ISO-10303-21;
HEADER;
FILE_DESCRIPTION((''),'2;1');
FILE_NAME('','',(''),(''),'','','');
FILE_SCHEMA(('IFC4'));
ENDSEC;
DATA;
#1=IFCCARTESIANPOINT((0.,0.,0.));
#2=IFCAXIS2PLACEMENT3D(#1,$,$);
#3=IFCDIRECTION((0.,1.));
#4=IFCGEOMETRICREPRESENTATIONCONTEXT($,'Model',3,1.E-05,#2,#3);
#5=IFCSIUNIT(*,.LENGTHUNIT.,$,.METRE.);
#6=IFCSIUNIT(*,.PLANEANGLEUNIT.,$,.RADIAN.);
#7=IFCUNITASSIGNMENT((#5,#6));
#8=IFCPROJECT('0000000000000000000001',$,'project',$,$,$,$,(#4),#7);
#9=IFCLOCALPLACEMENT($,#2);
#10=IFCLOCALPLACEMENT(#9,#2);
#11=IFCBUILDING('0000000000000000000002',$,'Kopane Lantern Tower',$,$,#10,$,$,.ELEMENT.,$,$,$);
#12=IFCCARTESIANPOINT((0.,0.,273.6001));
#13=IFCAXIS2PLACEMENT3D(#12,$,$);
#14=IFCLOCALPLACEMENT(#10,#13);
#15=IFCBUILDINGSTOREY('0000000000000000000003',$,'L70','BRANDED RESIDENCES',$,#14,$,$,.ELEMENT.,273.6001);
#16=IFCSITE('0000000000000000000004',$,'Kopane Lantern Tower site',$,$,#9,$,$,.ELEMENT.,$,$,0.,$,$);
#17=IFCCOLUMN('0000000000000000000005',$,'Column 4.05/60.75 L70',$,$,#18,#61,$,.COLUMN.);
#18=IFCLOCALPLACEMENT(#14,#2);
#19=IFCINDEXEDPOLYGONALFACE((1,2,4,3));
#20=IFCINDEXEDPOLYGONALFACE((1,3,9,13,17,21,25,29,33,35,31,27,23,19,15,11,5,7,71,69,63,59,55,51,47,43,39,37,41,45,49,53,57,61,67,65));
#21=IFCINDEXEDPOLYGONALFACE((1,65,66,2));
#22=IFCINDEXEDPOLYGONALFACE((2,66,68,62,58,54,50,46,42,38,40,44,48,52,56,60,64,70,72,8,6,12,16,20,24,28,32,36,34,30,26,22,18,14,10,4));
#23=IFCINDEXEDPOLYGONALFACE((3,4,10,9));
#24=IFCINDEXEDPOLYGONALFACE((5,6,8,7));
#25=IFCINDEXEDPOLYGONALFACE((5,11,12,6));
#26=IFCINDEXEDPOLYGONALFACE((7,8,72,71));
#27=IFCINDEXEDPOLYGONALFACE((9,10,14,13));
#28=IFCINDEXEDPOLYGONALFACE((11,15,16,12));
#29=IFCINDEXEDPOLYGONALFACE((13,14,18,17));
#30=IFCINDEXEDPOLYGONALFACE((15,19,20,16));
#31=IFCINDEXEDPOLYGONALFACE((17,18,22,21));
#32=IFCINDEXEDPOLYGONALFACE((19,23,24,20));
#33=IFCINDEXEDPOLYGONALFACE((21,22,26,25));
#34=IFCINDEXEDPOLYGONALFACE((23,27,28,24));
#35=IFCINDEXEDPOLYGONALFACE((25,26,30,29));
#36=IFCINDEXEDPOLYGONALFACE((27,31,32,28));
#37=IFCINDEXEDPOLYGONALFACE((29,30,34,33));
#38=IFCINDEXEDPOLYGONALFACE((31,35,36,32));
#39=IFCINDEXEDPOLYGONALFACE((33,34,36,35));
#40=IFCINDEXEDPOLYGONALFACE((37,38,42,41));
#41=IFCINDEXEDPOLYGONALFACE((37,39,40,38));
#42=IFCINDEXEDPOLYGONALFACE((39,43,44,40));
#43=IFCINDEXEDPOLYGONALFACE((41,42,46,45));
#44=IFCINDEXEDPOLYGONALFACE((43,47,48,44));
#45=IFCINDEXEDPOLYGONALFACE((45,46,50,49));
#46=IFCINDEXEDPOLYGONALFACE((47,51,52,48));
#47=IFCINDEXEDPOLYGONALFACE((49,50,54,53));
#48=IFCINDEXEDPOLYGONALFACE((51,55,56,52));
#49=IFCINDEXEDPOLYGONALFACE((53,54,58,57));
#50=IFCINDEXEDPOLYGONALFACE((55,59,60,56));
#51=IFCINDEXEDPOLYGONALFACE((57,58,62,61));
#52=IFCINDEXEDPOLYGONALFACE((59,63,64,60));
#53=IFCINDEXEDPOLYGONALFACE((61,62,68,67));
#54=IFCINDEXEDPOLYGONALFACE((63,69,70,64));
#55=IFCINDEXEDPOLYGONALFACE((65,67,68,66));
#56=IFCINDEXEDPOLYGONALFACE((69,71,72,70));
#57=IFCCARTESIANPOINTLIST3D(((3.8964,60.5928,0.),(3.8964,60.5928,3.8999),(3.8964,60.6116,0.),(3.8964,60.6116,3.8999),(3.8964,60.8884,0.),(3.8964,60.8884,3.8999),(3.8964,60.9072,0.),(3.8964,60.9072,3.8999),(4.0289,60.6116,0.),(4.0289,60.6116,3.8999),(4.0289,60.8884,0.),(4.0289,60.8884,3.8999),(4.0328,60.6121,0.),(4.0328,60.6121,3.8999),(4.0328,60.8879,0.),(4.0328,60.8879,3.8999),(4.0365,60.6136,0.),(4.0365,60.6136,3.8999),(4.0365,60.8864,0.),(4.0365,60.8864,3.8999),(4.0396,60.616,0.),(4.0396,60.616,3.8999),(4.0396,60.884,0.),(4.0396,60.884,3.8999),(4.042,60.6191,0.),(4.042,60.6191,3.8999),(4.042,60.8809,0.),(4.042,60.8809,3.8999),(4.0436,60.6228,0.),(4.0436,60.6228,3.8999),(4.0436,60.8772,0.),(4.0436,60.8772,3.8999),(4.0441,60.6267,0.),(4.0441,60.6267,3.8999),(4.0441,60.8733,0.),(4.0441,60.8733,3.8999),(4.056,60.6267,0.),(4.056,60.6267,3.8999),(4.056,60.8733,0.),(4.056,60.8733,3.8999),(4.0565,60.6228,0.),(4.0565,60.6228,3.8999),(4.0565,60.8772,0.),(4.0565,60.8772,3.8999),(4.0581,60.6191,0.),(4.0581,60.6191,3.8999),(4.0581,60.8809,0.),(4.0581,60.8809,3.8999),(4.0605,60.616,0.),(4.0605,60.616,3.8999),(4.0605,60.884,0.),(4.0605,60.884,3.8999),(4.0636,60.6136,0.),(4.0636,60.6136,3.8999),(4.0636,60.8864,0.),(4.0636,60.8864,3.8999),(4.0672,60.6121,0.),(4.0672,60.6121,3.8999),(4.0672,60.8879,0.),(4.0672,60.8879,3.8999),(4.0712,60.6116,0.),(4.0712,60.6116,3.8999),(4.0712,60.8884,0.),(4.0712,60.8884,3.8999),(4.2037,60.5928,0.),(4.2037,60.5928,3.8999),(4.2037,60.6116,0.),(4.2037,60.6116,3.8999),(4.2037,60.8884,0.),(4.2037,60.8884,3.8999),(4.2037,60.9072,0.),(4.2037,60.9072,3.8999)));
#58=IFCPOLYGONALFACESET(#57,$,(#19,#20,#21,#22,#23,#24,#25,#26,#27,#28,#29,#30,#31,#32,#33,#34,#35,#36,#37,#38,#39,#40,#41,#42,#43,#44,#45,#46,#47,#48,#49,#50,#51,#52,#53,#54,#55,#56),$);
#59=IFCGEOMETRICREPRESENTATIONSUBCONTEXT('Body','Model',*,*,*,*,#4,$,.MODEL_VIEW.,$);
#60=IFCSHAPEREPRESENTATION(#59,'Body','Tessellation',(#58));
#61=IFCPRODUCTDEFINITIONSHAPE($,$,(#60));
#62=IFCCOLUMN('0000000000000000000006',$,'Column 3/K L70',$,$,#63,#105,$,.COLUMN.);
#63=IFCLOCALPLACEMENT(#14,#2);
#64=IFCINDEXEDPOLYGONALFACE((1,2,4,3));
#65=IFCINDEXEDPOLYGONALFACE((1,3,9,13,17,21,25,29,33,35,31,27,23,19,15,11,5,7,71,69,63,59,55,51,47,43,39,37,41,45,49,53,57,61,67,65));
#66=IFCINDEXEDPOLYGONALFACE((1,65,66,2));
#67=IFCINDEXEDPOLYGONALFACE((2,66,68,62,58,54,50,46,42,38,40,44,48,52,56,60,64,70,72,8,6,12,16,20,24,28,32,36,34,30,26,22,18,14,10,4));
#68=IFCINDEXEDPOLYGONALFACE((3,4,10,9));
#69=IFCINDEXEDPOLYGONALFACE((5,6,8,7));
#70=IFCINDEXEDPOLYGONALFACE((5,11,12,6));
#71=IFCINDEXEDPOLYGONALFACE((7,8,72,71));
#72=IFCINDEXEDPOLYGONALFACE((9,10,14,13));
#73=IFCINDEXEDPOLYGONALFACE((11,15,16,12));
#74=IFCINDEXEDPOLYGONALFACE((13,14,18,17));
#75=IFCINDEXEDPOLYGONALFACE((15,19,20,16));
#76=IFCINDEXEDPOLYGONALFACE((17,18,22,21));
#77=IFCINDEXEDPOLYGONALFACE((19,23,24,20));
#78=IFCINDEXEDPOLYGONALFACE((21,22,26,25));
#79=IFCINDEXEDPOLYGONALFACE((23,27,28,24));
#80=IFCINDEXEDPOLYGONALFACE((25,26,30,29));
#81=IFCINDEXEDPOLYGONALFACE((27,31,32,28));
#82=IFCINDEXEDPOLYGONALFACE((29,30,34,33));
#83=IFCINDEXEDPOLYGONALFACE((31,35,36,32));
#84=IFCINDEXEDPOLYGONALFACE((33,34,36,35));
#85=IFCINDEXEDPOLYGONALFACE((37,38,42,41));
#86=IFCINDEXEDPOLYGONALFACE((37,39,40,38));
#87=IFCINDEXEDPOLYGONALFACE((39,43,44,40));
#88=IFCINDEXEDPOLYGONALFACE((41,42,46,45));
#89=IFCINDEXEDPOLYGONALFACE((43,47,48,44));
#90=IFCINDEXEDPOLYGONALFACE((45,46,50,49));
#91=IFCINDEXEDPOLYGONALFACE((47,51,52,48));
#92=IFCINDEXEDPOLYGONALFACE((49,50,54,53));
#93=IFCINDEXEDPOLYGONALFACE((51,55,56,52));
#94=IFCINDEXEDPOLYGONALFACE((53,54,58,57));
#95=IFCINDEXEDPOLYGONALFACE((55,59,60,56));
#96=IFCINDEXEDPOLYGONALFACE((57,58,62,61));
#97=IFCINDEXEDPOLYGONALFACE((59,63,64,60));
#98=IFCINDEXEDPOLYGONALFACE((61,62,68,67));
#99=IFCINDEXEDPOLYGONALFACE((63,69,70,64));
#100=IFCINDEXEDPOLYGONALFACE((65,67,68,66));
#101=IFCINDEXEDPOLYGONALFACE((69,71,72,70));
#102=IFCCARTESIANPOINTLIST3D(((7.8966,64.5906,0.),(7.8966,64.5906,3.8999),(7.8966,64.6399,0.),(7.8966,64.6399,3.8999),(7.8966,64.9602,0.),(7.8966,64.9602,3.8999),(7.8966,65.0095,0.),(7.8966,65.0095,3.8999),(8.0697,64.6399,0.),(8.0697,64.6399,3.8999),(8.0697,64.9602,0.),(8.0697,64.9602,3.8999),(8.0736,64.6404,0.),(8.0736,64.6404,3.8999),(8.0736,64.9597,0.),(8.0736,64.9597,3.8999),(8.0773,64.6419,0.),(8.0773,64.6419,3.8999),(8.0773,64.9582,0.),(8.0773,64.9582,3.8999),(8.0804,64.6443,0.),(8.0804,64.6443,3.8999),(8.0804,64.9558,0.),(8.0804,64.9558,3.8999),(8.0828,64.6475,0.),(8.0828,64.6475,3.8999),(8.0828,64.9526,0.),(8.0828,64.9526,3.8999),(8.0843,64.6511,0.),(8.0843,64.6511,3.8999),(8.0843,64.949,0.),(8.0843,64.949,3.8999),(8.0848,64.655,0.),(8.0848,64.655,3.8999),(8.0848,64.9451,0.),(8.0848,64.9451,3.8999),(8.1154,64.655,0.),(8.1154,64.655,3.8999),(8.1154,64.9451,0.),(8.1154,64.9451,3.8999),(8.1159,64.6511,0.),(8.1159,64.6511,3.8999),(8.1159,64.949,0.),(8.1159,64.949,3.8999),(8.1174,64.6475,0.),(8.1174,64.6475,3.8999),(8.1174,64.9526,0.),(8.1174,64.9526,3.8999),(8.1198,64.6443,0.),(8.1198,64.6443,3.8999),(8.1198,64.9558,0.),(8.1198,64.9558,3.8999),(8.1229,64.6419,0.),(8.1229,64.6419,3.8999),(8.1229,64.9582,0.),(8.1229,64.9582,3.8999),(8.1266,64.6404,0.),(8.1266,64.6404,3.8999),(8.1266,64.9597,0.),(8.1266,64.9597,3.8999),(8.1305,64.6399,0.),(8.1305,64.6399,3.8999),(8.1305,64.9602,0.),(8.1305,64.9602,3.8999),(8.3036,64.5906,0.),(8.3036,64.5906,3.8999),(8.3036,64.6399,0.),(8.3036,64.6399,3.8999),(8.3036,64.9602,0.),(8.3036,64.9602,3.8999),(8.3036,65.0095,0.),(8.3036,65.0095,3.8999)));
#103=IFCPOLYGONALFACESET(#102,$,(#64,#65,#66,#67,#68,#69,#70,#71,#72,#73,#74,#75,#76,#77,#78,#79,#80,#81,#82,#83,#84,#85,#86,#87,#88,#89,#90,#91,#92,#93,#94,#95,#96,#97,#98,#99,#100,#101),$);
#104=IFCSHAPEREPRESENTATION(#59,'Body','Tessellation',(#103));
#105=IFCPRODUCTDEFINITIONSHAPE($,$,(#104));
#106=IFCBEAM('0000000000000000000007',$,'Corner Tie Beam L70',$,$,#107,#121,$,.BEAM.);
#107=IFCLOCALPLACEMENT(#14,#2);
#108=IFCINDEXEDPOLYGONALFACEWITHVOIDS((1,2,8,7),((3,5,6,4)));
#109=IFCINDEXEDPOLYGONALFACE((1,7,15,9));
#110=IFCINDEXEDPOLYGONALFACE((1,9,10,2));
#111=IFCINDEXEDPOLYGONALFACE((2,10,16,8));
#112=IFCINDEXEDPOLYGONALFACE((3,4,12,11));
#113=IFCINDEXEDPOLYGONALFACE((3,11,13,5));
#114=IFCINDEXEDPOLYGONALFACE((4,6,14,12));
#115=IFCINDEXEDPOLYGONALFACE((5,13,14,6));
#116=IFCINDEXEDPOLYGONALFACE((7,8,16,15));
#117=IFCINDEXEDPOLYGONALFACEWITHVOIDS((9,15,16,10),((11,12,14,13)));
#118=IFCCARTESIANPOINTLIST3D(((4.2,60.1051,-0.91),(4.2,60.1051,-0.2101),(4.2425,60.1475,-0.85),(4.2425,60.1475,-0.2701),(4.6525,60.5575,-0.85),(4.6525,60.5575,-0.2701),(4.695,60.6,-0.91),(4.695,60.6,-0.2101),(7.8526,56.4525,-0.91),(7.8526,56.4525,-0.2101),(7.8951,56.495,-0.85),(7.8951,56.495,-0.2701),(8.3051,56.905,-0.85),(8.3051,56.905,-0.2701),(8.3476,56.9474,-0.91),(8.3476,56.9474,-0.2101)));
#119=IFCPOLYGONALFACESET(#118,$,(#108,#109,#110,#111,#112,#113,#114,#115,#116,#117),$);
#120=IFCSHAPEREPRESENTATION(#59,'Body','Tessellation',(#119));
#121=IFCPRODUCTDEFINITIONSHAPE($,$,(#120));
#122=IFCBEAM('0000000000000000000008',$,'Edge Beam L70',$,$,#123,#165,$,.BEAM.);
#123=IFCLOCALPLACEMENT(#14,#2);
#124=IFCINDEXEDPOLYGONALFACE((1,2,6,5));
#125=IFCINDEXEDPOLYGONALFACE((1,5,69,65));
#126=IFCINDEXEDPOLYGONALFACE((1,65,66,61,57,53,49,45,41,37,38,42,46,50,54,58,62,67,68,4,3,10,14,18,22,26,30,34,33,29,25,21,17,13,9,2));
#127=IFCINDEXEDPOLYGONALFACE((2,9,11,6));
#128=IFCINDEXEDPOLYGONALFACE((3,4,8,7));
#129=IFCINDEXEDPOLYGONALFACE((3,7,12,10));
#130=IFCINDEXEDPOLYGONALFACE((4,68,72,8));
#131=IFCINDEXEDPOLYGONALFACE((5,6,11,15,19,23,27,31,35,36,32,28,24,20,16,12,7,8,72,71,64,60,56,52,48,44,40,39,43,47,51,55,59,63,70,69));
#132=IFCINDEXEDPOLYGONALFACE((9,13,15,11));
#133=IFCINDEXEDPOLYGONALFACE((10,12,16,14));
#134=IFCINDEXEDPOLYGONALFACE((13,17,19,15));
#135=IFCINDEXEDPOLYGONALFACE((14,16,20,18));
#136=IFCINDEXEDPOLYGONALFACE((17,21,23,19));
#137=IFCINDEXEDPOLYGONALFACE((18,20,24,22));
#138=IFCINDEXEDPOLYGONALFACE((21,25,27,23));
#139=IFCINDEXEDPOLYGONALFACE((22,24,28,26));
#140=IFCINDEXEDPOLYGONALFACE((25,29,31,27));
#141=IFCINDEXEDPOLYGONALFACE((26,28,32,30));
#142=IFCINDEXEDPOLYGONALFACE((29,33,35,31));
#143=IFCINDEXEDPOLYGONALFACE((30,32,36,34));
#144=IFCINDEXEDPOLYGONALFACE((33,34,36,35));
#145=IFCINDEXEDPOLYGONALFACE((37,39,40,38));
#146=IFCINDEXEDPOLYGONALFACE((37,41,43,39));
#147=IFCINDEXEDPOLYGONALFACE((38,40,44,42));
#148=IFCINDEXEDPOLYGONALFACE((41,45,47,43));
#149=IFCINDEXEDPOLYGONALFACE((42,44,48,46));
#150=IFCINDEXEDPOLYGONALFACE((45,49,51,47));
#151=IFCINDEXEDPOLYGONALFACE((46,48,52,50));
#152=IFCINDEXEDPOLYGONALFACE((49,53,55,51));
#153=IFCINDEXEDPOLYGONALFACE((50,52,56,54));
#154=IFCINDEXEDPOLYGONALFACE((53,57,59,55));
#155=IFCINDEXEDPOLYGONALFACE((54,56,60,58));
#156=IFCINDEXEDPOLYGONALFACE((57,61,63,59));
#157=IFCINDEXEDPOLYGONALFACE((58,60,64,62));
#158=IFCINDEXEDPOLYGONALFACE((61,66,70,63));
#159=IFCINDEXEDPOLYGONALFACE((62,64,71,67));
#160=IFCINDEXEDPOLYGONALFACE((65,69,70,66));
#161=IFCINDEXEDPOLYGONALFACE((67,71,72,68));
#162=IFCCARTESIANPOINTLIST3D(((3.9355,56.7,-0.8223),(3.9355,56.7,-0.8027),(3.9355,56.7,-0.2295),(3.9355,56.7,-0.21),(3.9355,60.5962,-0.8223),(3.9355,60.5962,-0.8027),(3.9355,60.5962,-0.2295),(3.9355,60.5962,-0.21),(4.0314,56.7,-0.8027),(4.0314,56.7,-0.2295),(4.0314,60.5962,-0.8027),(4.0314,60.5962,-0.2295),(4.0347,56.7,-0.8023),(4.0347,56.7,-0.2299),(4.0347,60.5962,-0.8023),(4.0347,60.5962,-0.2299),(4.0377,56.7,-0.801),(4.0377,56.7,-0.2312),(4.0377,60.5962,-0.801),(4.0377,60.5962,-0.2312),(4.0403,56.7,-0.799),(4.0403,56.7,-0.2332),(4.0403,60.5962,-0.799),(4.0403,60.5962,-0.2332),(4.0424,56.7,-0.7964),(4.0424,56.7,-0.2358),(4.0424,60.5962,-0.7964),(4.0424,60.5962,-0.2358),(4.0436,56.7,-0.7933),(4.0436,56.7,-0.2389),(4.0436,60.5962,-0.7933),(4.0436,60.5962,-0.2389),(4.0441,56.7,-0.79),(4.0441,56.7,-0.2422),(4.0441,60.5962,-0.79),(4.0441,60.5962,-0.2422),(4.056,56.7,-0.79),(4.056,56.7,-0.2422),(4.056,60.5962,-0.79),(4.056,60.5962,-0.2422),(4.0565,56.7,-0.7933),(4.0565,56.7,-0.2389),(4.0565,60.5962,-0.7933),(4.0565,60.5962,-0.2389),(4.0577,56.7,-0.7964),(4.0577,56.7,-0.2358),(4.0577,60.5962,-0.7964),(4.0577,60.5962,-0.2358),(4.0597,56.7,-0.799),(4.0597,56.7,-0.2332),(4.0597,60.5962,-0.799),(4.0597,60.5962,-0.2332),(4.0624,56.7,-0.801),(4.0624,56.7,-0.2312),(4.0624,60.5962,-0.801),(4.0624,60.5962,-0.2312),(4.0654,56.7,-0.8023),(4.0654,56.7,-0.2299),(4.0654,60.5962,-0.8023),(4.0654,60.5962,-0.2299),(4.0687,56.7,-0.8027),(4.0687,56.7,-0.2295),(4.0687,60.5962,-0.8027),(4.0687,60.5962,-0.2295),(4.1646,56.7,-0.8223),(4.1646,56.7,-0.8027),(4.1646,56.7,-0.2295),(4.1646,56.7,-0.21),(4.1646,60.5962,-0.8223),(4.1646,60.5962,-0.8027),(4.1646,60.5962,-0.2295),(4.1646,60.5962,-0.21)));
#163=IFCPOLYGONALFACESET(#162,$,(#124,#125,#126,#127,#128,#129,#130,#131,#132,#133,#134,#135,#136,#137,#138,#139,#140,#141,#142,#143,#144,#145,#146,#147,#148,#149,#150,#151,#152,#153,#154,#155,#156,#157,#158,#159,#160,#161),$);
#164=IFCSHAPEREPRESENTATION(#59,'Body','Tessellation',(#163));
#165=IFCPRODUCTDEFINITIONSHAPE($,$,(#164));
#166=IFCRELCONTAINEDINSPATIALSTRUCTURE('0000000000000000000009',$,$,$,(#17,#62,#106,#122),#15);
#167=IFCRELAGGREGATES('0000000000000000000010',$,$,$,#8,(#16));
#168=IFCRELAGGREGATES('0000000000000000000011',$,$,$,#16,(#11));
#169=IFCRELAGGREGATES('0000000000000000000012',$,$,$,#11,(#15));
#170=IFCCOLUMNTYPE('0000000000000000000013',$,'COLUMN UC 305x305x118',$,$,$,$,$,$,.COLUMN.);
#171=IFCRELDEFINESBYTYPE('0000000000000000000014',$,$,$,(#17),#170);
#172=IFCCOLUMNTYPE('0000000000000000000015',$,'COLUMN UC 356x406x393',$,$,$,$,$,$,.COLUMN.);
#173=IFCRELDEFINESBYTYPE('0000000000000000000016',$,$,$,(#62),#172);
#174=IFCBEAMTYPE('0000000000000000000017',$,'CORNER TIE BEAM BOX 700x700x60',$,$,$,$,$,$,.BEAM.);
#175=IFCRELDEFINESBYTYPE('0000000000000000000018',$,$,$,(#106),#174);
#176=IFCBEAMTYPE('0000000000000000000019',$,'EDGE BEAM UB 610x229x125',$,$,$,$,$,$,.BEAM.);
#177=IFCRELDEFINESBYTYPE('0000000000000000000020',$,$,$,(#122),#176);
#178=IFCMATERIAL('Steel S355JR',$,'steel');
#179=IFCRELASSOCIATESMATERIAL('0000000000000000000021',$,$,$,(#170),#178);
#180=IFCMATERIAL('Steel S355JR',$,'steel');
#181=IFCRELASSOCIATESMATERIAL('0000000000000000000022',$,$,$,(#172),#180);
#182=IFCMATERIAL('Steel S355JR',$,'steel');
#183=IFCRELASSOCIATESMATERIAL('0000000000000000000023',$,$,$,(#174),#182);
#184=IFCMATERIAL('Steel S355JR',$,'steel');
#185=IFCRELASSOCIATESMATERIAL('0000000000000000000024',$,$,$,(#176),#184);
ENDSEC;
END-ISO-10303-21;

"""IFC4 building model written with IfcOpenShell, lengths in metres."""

from ifc_helpers import new_model, si_unit, direction, frame, origin, origin_2d, place, context, subcontext, project, spatial, hollow_rectangle, i_section, extrude, material, material_profile, profile_set, type_object, element, save


model = new_model("IFC4")

# Units and contexts
model_context = context("Model", 3, precision=1e-05, world=origin(), true_north=direction((0.0, 1.0)))
body_context = subcontext(model_context, "Body", "Model", "MODEL_VIEW")
ifc_project = project(units=[si_unit("LENGTHUNIT", "METRE"), si_unit("PLANEANGLEUNIT", "RADIAN")], contexts=[model_context])

# Site, building, storey
site_placement = place(None, origin())
site = spatial("IfcSite", under=ifc_project, at=site_placement, Name="Kopane Lantern Tower site", CompositionType="ELEMENT", RefElevation=0.0)
building_placement = place(site_placement, origin())
building = spatial("IfcBuilding", under=site, at=building_placement, Name="Kopane Lantern Tower", CompositionType="ELEMENT")
storey_placement = place(building_placement, frame((0.0, 0.0, 273.6001)))
storey = spatial("IfcBuildingStorey", under=building, at=storey_placement, Name="L70", Description="BRANDED RESIDENCES", CompositionType="ELEMENT", Elevation=273.6001)

# Columns
ifc_material_1 = material(Name="Steel S355JR", Category="steel")
ifc_material_profile_1 = material_profile(ifc_material_1, i_section(OverallWidth=0.3074, OverallDepth=0.3145, WebThickness=0.012, FlangeThickness=0.0188, FilletRadius=0.0151, at=origin_2d()), Name="UC 305x305x118")
ifc_profile_set_1 = profile_set([ifc_material_profile_1], Name="Steel S355JR")
column_type_1 = type_object("IfcColumnType", Name="COLUMN UC 305x305x118", PredefinedType="COLUMN", material=ifc_profile_set_1)
column_1_placement = place(storey_placement, frame((4.05, 60.75, 0.0), z_axis=(0.0, 0.0, 1.0), x_axis=(1.0, 0.0, 0.0)))
element("IfcColumn", 1, at=column_1_placement, inside=storey, type_object=column_type_1, Name="Column 4.05/60.75 L70", PredefinedType="COLUMN", context=body_context, shape_type="SweptSolid", body=[
    extrude(i_section(OverallWidth=0.3074, OverallDepth=0.3145, WebThickness=0.012, FlangeThickness=0.0188, FilletRadius=0.0151, at=origin_2d()), origin(), (0.0, 0.0, 1.0), 3.8999),
])
ifc_material_2 = material(Name="Steel S355JR", Category="steel")
ifc_material_profile_2 = material_profile(ifc_material_2, i_section(OverallWidth=0.407, OverallDepth=0.4189, WebThickness=0.0305, FlangeThickness=0.0493, FilletRadius=0.0151, at=origin_2d()), Name="UC 356x406x393")
ifc_profile_set_2 = profile_set([ifc_material_profile_2], Name="Steel S355JR")
column_type_2 = type_object("IfcColumnType", Name="COLUMN UC 356x406x393", PredefinedType="COLUMN", material=ifc_profile_set_2)
column_2_placement = place(storey_placement, frame((8.1001, 64.8, 0.0), z_axis=(0.0, 0.0, 1.0), x_axis=(1.0, 0.0, 0.0)))
element("IfcColumn", 2, at=column_2_placement, inside=storey, type_object=column_type_2, Name="Column 3/K L70", PredefinedType="COLUMN", context=body_context, shape_type="SweptSolid", body=[
    extrude(i_section(OverallWidth=0.407, OverallDepth=0.4189, WebThickness=0.0305, FlangeThickness=0.0493, FilletRadius=0.0151, at=origin_2d()), origin(), (0.0, 0.0, 1.0), 3.8999),
])

# Beams
ifc_material_3 = material(Name="Steel S355JR", Category="steel")
ifc_material_profile_3 = material_profile(ifc_material_3, hollow_rectangle(XDim=0.7, YDim=0.7, WallThickness=0.0601, at=origin_2d()), Name="BOX 700x700x60")
ifc_profile_set_3 = profile_set([ifc_material_profile_3], Name="Steel S355JR")
beam_type_1 = type_object("IfcBeamType", Name="CORNER TIE BEAM BOX 700x700x60", PredefinedType="BEAM", material=ifc_profile_set_3)
beam_1_placement = place(storey_placement, frame((4.4475, 60.3525, -0.5601), z_axis=(0.707107, -0.707107, 0.0), x_axis=(0.707107, 0.707107, 0.0)))
element("IfcBeam", 3, at=beam_1_placement, inside=storey, type_object=beam_type_1, Name="Corner Tie Beam L70", PredefinedType="BEAM", context=body_context, shape_type="SweptSolid", body=[
    extrude(hollow_rectangle(XDim=0.7, YDim=0.7, WallThickness=0.0601, at=origin_2d()), origin(), (0.0, 0.0, 1.0), 5.1655),
])
ifc_material_4 = material(Name="Steel S355JR", Category="steel")
ifc_material_profile_4 = material_profile(ifc_material_4, i_section(OverallWidth=0.229, OverallDepth=0.6123, WebThickness=0.012, FlangeThickness=0.0195, FilletRadius=0.0127, at=origin_2d()), Name="UB 610x229x125")
ifc_profile_set_4 = profile_set([ifc_material_profile_4], Name="Steel S355JR")
beam_type_2 = type_object("IfcBeamType", Name="EDGE BEAM UB 610x229x125", PredefinedType="BEAM", material=ifc_profile_set_4)
beam_2_placement = place(storey_placement, frame((4.05, 60.5962, -0.5161), z_axis=(0.0, -1.0, 0.0), x_axis=(1.0, 0.0, 0.0)))
element("IfcBeam", 4, at=beam_2_placement, inside=storey, type_object=beam_type_2, Name="Edge Beam L70", PredefinedType="BEAM", context=body_context, shape_type="SweptSolid", body=[
    extrude(i_section(OverallWidth=0.229, OverallDepth=0.6123, WebThickness=0.012, FlangeThickness=0.0195, FilletRadius=0.0127, at=origin_2d()), origin(), (0.0, 0.0, 1.0), 3.8962),
])

save(model, "model.ifc")
